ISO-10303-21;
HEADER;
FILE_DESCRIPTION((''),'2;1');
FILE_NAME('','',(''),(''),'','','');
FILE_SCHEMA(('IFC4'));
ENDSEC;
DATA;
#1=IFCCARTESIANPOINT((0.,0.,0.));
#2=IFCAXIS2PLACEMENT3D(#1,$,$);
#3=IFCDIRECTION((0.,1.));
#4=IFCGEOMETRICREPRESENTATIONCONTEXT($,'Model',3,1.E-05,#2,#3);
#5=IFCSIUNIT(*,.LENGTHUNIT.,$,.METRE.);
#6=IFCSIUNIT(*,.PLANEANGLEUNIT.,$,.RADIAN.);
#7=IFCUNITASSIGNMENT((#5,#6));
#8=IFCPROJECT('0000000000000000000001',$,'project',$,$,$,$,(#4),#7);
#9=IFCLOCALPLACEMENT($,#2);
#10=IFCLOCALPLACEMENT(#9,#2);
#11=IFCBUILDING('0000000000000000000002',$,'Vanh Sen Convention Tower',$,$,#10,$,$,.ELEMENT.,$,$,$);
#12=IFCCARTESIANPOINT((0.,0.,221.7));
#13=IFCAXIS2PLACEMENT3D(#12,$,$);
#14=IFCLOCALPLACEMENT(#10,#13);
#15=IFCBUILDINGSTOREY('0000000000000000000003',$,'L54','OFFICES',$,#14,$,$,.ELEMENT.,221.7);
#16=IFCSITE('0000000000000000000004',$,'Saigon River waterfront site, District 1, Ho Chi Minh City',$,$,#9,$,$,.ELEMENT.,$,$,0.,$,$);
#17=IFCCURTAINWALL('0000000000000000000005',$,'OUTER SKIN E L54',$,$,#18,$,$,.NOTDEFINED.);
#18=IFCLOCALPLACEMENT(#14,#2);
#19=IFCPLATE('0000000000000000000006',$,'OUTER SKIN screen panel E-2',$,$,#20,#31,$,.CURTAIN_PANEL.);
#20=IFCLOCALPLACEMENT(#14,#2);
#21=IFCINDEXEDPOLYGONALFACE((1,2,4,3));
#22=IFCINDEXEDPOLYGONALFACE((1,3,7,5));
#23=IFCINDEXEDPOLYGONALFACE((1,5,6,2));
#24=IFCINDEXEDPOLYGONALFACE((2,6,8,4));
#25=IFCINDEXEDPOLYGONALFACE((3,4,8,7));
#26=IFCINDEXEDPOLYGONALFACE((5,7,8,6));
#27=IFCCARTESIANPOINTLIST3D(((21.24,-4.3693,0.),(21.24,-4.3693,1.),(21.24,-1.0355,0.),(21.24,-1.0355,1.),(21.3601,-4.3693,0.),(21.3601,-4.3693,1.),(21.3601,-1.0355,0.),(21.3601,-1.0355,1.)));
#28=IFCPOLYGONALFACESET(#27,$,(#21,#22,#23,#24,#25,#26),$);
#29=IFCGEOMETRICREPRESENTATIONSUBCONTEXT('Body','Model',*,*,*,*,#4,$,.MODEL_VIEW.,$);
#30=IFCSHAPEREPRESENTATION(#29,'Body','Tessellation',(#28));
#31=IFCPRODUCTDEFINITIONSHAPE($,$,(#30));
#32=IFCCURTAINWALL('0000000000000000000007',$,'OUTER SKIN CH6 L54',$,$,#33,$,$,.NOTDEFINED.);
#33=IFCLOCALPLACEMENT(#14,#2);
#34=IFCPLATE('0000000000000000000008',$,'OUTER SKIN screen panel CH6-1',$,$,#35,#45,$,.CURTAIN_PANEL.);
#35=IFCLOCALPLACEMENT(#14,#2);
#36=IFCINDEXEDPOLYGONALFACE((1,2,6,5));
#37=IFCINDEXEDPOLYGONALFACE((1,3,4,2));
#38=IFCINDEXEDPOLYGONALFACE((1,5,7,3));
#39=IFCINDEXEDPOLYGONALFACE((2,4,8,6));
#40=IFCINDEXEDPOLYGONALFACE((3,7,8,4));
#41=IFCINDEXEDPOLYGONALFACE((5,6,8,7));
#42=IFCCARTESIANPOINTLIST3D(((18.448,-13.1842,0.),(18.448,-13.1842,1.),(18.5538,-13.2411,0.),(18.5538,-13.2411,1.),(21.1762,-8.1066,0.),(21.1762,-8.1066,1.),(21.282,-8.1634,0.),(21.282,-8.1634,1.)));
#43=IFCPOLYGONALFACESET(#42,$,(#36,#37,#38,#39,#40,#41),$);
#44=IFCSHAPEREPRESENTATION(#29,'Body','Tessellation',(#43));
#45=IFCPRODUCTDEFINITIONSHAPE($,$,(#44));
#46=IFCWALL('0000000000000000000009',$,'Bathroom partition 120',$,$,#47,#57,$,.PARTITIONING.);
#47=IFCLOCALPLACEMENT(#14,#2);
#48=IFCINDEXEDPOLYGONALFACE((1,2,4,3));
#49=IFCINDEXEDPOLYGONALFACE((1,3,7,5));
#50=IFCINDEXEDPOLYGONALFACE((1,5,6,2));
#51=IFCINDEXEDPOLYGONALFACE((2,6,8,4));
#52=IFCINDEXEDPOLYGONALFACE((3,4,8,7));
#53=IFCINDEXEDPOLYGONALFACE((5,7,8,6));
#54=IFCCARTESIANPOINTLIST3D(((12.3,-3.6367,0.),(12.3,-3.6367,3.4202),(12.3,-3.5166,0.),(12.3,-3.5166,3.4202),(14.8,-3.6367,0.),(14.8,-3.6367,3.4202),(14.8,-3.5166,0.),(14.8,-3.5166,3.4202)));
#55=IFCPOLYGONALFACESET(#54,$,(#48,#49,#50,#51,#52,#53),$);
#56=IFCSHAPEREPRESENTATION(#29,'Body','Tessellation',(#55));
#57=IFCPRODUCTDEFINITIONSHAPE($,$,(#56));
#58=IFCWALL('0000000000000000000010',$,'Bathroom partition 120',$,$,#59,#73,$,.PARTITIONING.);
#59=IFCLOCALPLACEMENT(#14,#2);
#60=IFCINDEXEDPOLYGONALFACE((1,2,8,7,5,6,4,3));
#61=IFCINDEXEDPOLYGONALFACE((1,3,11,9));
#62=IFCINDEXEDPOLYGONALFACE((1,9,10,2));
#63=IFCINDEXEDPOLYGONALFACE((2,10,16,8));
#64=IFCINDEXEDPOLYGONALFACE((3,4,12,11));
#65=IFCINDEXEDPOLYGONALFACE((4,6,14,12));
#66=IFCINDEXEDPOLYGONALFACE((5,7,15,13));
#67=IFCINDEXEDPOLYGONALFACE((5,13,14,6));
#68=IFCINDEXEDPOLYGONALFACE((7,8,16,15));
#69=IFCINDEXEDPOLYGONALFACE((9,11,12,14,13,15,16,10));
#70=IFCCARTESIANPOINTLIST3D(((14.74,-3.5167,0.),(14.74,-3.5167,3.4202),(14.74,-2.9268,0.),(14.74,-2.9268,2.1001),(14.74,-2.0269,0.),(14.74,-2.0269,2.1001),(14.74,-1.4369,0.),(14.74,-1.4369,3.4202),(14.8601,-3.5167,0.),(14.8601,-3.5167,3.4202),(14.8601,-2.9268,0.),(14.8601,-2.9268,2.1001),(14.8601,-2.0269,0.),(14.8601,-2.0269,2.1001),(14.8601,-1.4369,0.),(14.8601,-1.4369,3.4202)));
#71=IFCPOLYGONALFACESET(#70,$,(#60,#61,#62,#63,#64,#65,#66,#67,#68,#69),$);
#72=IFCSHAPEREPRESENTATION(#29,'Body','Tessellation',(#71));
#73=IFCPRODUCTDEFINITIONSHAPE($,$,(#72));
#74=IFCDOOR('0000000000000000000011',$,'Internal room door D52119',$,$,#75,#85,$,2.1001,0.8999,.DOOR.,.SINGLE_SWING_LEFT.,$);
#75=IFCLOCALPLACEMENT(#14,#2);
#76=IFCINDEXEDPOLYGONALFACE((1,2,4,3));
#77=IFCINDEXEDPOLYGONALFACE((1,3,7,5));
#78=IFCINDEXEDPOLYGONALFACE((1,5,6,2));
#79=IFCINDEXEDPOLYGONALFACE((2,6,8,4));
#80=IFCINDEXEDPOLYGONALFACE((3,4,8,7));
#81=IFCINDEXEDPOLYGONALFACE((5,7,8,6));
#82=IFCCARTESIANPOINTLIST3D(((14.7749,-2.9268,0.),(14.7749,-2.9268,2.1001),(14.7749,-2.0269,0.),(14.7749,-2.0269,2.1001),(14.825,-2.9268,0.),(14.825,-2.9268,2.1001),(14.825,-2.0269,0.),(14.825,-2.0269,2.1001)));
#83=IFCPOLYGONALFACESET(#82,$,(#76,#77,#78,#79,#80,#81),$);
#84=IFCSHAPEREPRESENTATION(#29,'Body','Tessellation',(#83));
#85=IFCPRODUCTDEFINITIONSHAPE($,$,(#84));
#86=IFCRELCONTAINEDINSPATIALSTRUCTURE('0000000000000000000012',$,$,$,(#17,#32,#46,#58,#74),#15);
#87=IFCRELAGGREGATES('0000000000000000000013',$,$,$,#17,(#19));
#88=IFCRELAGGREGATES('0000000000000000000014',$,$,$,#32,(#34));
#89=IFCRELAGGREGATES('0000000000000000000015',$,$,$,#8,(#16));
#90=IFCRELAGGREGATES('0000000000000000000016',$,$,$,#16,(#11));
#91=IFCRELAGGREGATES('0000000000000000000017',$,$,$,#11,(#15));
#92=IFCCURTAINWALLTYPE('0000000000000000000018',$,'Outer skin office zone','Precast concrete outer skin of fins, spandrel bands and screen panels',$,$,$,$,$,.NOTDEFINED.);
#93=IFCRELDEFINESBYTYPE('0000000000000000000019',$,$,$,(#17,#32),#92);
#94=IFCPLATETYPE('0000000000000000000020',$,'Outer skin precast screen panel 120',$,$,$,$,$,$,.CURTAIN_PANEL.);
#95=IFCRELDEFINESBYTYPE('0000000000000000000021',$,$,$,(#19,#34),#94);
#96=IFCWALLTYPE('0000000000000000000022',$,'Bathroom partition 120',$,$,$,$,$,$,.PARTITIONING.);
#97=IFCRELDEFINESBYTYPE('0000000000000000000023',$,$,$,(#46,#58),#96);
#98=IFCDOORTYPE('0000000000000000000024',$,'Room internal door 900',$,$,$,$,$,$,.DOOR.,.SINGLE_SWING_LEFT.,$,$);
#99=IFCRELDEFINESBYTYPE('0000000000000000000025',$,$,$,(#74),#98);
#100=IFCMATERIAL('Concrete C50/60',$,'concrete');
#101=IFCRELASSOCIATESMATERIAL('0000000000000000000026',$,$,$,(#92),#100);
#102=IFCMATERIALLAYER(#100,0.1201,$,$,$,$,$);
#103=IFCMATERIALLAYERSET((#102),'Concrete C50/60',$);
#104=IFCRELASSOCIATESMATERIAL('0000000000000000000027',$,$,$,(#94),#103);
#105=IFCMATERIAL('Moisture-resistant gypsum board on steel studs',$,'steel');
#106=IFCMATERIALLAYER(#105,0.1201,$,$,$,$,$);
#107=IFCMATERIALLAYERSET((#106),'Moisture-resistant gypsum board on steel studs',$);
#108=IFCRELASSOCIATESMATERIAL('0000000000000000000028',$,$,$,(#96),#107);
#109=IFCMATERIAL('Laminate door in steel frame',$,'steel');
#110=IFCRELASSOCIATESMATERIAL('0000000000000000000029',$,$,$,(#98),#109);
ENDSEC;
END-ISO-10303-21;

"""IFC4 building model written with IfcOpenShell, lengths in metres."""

from ifc_helpers import new_model, si_unit, direction, frame, frame_2d, origin, origin_2d, place, context, subcontext, project, spatial, rectangle, extrude, material, layer, layer_set, type_object, element, fill, aggregate, save


model = new_model("IFC4")

# Units and contexts
model_context = context("Model", 3, precision=1e-05, world=origin(), true_north=direction((0.0, 1.0)))
body_context = subcontext(model_context, "Body", "Model", "MODEL_VIEW")
ifc_project = project(units=[si_unit("LENGTHUNIT", "METRE"), si_unit("PLANEANGLEUNIT", "RADIAN")], contexts=[model_context])

# Site, building, storey
site_placement = place(None, origin())
site = spatial("IfcSite", under=ifc_project, at=site_placement, Name="Saigon River waterfront site, District 1, Ho Chi Minh City", CompositionType="ELEMENT", RefElevation=0.0)
building_placement = place(site_placement, origin())
building = spatial("IfcBuilding", under=site, at=building_placement, Name="Vanh Sen Convention Tower", CompositionType="ELEMENT")
storey_placement = place(building_placement, frame((0.0, 0.0, 221.7)))
storey = spatial("IfcBuildingStorey", under=building, at=storey_placement, Name="L54", Description="OFFICES", CompositionType="ELEMENT", Elevation=221.7)

# Curtain wall
ifc_material_1 = material(Name="Concrete C50/60", Category="concrete")
curtain_wall_type = type_object("IfcCurtainWallType", Name="Outer skin office zone", Description="Precast concrete outer skin of fins, spandrel bands and screen panels", PredefinedType="NOTDEFINED", material=ifc_material_1)
curtain_wall_1_placement = place(storey_placement, origin())
curtain_wall_1 = element("IfcCurtainWall", 1, at=curtain_wall_1_placement, inside=storey, type_object=curtain_wall_type, Name="OUTER SKIN E L54", PredefinedType="NOTDEFINED")

# Plate
ifc_layer_1 = layer(ifc_material_1, 0.1201)
ifc_layer_set_1 = layer_set([ifc_layer_1], Name="Concrete C50/60")
plate_type = type_object("IfcPlateType", Name="Outer skin precast screen panel 120", PredefinedType="CURTAIN_PANEL", material=ifc_layer_set_1)
plate_1_placement = place(storey_placement, frame((21.3, -2.7024, 0.0), z_axis=(0.0, 0.0, 1.0), x_axis=(0.0, 1.0, 0.0)))
plate_1 = element("IfcPlate", 2, at=plate_1_placement, type_object=plate_type, Name="OUTER SKIN screen panel E-2", PredefinedType="CURTAIN_PANEL", context=body_context, shape_type="SweptSolid", body=[
    extrude(rectangle(XDim=3.3337, YDim=0.1201, at=origin_2d()), origin(), (0.0, 0.0, 1.0), 1.0),
])
aggregate(curtain_wall_1, [plate_1])

# Curtain wall, plate
curtain_wall_2_placement = place(storey_placement, origin())
curtain_wall_2 = element("IfcCurtainWall", 3, at=curtain_wall_2_placement, inside=storey, type_object=curtain_wall_type, Name="OUTER SKIN CH6 L54", PredefinedType="NOTDEFINED")
plate_2_placement = place(storey_placement, frame((19.865, -10.6738, 0.0), z_axis=(0.0, 0.0, 1.0), x_axis=(0.473314, 0.880894, 0.0)))
plate_2 = element("IfcPlate", 4, at=plate_2_placement, type_object=plate_type, Name="OUTER SKIN screen panel CH6-1", PredefinedType="CURTAIN_PANEL", context=body_context, shape_type="SweptSolid", body=[
    extrude(rectangle(XDim=5.7642, YDim=0.1201, at=origin_2d()), origin(), (0.0, 0.0, 1.0), 1.0),
])
aggregate(curtain_wall_2, [plate_2])

# Wall
ifc_material_2 = material(Name="Moisture-resistant gypsum board on steel studs", Category="steel")
ifc_layer_2 = layer(ifc_material_2, 0.1201)
ifc_layer_set_2 = layer_set([ifc_layer_2], Name="Moisture-resistant gypsum board on steel studs")
wall_type_1 = type_object("IfcWallType", Name="Bathroom partition 120", PredefinedType="PARTITIONING", material=ifc_layer_set_2)
wall_1_placement = place(storey_placement, frame((14.8, -3.5767, 0.0), z_axis=(0.0, 0.0, 1.0), x_axis=(-1.0, 0.0, 0.0)))
element("IfcWall", 5, at=wall_1_placement, inside=storey, type_object=wall_type_1, Name="Bathroom partition 120", PredefinedType="PARTITIONING", context=body_context, shape_type="SweptSolid", body=[
    extrude(rectangle(XDim=2.5, YDim=0.1201, at=frame_2d((1.25, 0.0))), origin(), (0.0, 0.0, 1.0), 3.4202),
])

# Wall, opening, door
wall_2_placement = place(storey_placement, frame((14.8, -1.4368, 0.0), z_axis=(0.0, 0.0, 1.0), x_axis=(0.0, -1.0, 0.0)))
wall_2 = element("IfcWall", 6, at=wall_2_placement, inside=storey, type_object=wall_type_1, Name="Bathroom partition 120", PredefinedType="PARTITIONING", context=body_context, shape_type="SweptSolid", body=[
    extrude(rectangle(XDim=2.0798, YDim=0.1201, at=frame_2d((1.04, 0.0))), origin(), (0.0, 0.0, 1.0), 3.4202),
])
opening_1_placement = place(wall_2_placement, frame((0.5901, 0.0, 0.0)))
opening_1 = element("IfcOpeningElement", 7, at=opening_1_placement, cuts=wall_2, PredefinedType="OPENING", context=body_context, shape_type="SweptSolid", body=[
    extrude(rectangle(XDim=0.8999, YDim=2.1001, at=frame_2d((0.45, 1.05))), frame((0.0, 0.0701, 0.0), z_axis=(0.0, -1.0, 0.0), x_axis=(1.0, 0.0, 0.0)), (0.0, 0.0, 1.0), 0.1401),
])
ifc_material_3 = material(Name="Laminate door in steel frame", Category="steel")
door_type = type_object("IfcDoorType", Name="Room internal door 900", OperationType="SINGLE_SWING_LEFT", PredefinedType="DOOR", material=ifc_material_3)
door_placement = place(opening_1_placement, origin())
door = element("IfcDoor", 8, at=door_placement, inside=storey, type_object=door_type, Name="Internal room door D52119", OperationType="SINGLE_SWING_LEFT", OverallHeight=2.1001, OverallWidth=0.8999, PredefinedType="DOOR", context=body_context, shape_type="SweptSolid", body=[
    extrude(rectangle(XDim=0.8999, YDim=2.1001, at=frame_2d((0.45, 1.05))), frame((0.0, 0.0249, 0.0), z_axis=(0.0, -1.0, 0.0), x_axis=(1.0, 0.0, 0.0)), (0.0, 0.0, 1.0), 0.05),
])
fill(opening_1, door)

save(model, "model.ifc")
